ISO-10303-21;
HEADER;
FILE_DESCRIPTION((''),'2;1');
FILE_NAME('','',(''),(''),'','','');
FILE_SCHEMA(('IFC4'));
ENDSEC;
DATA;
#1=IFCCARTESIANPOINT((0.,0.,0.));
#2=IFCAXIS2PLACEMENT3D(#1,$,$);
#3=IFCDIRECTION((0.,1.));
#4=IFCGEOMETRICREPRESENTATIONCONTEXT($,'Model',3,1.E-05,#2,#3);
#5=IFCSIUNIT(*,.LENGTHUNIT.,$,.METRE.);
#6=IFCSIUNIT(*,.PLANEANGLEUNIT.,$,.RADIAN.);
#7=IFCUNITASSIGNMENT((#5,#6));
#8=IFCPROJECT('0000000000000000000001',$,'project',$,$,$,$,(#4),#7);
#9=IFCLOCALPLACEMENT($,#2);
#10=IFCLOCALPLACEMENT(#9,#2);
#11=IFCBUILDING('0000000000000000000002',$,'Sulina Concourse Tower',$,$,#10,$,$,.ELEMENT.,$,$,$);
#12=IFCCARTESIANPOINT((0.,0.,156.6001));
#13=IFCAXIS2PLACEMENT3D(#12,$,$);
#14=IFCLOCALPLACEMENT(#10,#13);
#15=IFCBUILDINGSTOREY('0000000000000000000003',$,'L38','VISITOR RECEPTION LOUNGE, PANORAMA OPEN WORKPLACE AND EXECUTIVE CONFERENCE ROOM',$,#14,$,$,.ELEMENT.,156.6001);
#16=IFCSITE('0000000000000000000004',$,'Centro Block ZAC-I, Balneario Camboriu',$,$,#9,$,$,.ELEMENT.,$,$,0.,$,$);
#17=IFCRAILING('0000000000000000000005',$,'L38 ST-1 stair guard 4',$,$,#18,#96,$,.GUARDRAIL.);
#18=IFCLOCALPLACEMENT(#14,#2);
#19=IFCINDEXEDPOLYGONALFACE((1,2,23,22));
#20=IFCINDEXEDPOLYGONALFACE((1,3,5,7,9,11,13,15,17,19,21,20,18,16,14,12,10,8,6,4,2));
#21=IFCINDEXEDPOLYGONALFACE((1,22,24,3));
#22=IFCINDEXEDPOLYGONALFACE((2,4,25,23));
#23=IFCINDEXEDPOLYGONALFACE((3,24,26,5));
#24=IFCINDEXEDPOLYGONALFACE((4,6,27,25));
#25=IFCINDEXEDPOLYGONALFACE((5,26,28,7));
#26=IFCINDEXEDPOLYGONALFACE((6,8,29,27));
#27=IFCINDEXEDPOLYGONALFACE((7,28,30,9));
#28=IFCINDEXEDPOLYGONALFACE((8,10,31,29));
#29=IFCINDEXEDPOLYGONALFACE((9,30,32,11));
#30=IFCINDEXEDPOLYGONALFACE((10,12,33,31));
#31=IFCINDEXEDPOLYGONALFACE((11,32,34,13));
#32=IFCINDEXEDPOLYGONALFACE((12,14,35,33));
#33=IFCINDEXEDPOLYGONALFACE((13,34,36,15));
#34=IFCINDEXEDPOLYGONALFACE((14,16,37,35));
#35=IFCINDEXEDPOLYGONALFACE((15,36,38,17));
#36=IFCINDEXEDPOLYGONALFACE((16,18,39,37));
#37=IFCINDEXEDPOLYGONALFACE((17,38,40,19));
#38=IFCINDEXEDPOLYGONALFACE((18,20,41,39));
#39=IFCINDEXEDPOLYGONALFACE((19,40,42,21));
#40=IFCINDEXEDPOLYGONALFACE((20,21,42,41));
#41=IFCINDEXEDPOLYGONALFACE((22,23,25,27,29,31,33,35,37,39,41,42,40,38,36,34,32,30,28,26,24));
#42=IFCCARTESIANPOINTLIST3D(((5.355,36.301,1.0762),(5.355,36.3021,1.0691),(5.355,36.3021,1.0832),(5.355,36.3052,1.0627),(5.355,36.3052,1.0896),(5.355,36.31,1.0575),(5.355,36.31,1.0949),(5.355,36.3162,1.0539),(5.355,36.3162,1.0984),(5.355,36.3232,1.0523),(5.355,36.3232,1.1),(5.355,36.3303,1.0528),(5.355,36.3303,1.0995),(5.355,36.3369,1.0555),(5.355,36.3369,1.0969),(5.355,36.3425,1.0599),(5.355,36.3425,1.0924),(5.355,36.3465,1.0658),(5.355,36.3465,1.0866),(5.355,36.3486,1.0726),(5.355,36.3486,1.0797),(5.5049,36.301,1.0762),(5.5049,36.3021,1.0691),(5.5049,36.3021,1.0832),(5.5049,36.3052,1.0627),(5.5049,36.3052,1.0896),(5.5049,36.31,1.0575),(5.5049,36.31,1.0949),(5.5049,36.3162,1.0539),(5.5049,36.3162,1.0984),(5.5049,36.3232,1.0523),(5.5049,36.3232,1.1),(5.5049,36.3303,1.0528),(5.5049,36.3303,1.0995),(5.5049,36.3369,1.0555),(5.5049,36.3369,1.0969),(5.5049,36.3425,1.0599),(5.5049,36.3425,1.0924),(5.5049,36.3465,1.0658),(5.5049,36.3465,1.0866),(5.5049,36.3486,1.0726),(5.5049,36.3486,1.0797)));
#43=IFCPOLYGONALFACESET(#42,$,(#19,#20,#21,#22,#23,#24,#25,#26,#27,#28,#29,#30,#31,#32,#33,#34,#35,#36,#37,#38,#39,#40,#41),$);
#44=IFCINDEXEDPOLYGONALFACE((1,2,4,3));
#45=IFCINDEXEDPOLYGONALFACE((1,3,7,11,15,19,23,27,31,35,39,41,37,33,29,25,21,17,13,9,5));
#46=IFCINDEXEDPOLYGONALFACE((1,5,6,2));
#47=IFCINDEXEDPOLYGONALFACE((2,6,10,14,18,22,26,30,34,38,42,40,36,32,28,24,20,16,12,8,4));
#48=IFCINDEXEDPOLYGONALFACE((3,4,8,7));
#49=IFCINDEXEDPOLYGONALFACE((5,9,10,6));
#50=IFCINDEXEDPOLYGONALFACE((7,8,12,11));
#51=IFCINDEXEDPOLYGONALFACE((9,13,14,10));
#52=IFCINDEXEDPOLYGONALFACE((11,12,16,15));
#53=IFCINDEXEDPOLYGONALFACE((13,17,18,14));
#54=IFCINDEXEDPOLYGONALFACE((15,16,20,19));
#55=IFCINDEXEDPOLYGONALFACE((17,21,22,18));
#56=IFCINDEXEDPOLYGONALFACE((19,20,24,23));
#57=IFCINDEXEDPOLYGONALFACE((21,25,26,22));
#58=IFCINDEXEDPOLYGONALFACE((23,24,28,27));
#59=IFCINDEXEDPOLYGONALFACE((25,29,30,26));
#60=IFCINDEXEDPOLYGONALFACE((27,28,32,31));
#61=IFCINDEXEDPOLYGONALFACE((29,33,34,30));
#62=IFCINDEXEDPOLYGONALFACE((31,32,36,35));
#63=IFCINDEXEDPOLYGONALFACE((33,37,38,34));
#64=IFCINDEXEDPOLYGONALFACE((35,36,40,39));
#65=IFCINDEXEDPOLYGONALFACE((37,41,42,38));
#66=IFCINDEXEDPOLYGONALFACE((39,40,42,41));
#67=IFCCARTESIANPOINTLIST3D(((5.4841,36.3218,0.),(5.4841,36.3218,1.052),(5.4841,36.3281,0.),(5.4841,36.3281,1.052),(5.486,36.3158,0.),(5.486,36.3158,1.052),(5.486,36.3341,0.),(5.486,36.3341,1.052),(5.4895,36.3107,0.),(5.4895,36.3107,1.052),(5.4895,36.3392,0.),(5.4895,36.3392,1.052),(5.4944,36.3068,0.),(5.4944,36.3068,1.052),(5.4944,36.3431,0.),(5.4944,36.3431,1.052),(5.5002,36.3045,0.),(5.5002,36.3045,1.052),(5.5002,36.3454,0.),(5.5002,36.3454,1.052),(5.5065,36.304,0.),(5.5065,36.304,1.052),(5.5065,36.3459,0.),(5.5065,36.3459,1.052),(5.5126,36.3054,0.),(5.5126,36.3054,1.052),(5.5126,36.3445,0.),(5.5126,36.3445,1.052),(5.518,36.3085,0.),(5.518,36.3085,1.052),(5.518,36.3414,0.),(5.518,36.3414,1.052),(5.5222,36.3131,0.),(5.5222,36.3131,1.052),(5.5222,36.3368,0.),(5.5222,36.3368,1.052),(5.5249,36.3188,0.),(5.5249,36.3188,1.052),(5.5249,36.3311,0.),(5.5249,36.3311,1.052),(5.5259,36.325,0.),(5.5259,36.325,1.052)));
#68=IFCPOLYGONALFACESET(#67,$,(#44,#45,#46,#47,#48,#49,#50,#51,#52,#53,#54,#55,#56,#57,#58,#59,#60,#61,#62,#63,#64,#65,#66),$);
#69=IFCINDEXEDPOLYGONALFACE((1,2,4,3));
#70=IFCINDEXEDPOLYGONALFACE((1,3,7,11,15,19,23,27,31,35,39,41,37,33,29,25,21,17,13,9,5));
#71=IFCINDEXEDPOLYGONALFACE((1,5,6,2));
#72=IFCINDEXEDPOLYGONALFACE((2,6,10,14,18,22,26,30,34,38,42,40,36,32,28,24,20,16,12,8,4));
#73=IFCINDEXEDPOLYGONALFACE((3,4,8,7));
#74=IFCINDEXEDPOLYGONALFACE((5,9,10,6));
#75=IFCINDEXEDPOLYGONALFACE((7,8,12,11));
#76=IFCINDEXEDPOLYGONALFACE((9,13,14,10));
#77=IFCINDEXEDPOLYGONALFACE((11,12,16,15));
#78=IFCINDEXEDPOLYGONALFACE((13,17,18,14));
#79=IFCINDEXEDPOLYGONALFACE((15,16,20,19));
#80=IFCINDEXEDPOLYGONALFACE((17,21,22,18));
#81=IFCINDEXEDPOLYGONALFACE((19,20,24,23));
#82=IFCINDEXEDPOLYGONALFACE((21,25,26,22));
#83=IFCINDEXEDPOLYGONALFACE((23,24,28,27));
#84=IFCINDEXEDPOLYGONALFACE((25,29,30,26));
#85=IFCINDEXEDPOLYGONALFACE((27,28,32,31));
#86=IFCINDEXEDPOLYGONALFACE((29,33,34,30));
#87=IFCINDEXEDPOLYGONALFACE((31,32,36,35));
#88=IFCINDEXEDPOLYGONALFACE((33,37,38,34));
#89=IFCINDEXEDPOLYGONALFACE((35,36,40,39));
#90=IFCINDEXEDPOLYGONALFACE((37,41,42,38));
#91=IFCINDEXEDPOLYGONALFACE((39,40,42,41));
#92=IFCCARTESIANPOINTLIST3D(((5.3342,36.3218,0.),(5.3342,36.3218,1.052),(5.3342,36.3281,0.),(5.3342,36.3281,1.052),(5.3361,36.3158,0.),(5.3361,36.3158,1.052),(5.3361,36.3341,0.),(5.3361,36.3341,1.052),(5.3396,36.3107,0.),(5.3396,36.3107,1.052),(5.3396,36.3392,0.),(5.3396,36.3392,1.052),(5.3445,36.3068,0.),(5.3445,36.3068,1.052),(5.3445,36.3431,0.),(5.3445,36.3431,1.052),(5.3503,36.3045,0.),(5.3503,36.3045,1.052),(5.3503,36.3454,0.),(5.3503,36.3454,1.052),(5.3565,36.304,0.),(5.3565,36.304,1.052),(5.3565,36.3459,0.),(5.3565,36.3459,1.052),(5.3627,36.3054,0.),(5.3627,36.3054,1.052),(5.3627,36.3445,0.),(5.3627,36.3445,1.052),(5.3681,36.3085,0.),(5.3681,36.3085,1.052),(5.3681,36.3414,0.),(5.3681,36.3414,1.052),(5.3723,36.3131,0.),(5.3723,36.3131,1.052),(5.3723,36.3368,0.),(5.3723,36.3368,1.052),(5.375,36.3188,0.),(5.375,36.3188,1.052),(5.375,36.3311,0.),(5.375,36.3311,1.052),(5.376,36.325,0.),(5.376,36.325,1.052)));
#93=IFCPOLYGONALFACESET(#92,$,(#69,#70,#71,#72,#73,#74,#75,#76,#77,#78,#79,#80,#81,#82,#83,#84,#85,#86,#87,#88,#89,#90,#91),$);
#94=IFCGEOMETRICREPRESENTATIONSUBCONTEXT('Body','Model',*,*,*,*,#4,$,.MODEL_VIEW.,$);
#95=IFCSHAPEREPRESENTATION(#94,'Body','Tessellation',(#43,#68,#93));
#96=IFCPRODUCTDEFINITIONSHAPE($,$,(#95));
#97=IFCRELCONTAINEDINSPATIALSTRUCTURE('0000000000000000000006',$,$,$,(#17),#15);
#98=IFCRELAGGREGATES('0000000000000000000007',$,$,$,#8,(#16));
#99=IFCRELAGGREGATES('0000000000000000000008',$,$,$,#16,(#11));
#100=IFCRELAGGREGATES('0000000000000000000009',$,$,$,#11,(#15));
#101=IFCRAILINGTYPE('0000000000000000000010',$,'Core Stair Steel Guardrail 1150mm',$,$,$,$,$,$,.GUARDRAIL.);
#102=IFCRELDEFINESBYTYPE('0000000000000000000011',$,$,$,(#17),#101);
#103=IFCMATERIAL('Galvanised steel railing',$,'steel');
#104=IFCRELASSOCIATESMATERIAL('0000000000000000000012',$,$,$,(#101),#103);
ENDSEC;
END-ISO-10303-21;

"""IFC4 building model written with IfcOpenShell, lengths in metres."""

from ifc_helpers import new_model, si_unit, direction, frame, origin, origin_2d, place, context, subcontext, project, spatial, circle, extrude, material, type_object, element, save


model = new_model("IFC4")

# Units and contexts
model_context = context("Model", 3, precision=1e-05, world=origin(), true_north=direction((0.0, 1.0)))
body_context = subcontext(model_context, "Body", "Model", "MODEL_VIEW")
ifc_project = project(units=[si_unit("LENGTHUNIT", "METRE"), si_unit("PLANEANGLEUNIT", "RADIAN")], contexts=[model_context])

# Site, building, storey
site_placement = place(None, origin())
site = spatial("IfcSite", under=ifc_project, at=site_placement, Name="Centro Block ZAC-I, Balneario Camboriu", CompositionType="ELEMENT", RefElevation=0.0)
building_placement = place(site_placement, origin())
building = spatial("IfcBuilding", under=site, at=building_placement, Name="Sulina Concourse Tower", CompositionType="ELEMENT")
storey_placement = place(building_placement, frame((0.0, 0.0, 156.6001)))
storey = spatial("IfcBuildingStorey", under=building, at=storey_placement, Name="L38", Description="VISITOR RECEPTION LOUNGE, PANORAMA OPEN WORKPLACE AND EXECUTIVE CONFERENCE ROOM", CompositionType="ELEMENT", Elevation=156.6001)

# Railing
ifc_material_1 = material(Name="Galvanised steel railing", Category="steel")
railing_type_1 = type_object("IfcRailingType", Name="Core Stair Steel Guardrail 1150mm", PredefinedType="GUARDRAIL", material=ifc_material_1)
railing_1_placement = place(storey_placement, frame((5.5049, 36.325, 0.0)))
element("IfcRailing", 1, at=railing_1_placement, inside=storey, type_object=railing_type_1, Name="L38 ST-1 stair guard 4", PredefinedType="GUARDRAIL", context=body_context, shape_type="SweptSolid", body=[
    extrude(circle(Radius=0.0239, at=origin_2d()), frame((0.0, 0.0, 1.0762), z_axis=(-1.0, 0.0, 0.0), x_axis=(0.0, -1.0, 0.0)), (0.0, 0.0, 1.0), 0.1499),
    extrude(circle(Radius=0.021, at=origin_2d()), origin(), (0.0, 0.0, 1.0), 1.052),
    extrude(circle(Radius=0.021, at=origin_2d()), frame((-0.1499, 0.0, 0.0)), (0.0, 0.0, 1.0), 1.052),
])

save(model, "model.ifc")
